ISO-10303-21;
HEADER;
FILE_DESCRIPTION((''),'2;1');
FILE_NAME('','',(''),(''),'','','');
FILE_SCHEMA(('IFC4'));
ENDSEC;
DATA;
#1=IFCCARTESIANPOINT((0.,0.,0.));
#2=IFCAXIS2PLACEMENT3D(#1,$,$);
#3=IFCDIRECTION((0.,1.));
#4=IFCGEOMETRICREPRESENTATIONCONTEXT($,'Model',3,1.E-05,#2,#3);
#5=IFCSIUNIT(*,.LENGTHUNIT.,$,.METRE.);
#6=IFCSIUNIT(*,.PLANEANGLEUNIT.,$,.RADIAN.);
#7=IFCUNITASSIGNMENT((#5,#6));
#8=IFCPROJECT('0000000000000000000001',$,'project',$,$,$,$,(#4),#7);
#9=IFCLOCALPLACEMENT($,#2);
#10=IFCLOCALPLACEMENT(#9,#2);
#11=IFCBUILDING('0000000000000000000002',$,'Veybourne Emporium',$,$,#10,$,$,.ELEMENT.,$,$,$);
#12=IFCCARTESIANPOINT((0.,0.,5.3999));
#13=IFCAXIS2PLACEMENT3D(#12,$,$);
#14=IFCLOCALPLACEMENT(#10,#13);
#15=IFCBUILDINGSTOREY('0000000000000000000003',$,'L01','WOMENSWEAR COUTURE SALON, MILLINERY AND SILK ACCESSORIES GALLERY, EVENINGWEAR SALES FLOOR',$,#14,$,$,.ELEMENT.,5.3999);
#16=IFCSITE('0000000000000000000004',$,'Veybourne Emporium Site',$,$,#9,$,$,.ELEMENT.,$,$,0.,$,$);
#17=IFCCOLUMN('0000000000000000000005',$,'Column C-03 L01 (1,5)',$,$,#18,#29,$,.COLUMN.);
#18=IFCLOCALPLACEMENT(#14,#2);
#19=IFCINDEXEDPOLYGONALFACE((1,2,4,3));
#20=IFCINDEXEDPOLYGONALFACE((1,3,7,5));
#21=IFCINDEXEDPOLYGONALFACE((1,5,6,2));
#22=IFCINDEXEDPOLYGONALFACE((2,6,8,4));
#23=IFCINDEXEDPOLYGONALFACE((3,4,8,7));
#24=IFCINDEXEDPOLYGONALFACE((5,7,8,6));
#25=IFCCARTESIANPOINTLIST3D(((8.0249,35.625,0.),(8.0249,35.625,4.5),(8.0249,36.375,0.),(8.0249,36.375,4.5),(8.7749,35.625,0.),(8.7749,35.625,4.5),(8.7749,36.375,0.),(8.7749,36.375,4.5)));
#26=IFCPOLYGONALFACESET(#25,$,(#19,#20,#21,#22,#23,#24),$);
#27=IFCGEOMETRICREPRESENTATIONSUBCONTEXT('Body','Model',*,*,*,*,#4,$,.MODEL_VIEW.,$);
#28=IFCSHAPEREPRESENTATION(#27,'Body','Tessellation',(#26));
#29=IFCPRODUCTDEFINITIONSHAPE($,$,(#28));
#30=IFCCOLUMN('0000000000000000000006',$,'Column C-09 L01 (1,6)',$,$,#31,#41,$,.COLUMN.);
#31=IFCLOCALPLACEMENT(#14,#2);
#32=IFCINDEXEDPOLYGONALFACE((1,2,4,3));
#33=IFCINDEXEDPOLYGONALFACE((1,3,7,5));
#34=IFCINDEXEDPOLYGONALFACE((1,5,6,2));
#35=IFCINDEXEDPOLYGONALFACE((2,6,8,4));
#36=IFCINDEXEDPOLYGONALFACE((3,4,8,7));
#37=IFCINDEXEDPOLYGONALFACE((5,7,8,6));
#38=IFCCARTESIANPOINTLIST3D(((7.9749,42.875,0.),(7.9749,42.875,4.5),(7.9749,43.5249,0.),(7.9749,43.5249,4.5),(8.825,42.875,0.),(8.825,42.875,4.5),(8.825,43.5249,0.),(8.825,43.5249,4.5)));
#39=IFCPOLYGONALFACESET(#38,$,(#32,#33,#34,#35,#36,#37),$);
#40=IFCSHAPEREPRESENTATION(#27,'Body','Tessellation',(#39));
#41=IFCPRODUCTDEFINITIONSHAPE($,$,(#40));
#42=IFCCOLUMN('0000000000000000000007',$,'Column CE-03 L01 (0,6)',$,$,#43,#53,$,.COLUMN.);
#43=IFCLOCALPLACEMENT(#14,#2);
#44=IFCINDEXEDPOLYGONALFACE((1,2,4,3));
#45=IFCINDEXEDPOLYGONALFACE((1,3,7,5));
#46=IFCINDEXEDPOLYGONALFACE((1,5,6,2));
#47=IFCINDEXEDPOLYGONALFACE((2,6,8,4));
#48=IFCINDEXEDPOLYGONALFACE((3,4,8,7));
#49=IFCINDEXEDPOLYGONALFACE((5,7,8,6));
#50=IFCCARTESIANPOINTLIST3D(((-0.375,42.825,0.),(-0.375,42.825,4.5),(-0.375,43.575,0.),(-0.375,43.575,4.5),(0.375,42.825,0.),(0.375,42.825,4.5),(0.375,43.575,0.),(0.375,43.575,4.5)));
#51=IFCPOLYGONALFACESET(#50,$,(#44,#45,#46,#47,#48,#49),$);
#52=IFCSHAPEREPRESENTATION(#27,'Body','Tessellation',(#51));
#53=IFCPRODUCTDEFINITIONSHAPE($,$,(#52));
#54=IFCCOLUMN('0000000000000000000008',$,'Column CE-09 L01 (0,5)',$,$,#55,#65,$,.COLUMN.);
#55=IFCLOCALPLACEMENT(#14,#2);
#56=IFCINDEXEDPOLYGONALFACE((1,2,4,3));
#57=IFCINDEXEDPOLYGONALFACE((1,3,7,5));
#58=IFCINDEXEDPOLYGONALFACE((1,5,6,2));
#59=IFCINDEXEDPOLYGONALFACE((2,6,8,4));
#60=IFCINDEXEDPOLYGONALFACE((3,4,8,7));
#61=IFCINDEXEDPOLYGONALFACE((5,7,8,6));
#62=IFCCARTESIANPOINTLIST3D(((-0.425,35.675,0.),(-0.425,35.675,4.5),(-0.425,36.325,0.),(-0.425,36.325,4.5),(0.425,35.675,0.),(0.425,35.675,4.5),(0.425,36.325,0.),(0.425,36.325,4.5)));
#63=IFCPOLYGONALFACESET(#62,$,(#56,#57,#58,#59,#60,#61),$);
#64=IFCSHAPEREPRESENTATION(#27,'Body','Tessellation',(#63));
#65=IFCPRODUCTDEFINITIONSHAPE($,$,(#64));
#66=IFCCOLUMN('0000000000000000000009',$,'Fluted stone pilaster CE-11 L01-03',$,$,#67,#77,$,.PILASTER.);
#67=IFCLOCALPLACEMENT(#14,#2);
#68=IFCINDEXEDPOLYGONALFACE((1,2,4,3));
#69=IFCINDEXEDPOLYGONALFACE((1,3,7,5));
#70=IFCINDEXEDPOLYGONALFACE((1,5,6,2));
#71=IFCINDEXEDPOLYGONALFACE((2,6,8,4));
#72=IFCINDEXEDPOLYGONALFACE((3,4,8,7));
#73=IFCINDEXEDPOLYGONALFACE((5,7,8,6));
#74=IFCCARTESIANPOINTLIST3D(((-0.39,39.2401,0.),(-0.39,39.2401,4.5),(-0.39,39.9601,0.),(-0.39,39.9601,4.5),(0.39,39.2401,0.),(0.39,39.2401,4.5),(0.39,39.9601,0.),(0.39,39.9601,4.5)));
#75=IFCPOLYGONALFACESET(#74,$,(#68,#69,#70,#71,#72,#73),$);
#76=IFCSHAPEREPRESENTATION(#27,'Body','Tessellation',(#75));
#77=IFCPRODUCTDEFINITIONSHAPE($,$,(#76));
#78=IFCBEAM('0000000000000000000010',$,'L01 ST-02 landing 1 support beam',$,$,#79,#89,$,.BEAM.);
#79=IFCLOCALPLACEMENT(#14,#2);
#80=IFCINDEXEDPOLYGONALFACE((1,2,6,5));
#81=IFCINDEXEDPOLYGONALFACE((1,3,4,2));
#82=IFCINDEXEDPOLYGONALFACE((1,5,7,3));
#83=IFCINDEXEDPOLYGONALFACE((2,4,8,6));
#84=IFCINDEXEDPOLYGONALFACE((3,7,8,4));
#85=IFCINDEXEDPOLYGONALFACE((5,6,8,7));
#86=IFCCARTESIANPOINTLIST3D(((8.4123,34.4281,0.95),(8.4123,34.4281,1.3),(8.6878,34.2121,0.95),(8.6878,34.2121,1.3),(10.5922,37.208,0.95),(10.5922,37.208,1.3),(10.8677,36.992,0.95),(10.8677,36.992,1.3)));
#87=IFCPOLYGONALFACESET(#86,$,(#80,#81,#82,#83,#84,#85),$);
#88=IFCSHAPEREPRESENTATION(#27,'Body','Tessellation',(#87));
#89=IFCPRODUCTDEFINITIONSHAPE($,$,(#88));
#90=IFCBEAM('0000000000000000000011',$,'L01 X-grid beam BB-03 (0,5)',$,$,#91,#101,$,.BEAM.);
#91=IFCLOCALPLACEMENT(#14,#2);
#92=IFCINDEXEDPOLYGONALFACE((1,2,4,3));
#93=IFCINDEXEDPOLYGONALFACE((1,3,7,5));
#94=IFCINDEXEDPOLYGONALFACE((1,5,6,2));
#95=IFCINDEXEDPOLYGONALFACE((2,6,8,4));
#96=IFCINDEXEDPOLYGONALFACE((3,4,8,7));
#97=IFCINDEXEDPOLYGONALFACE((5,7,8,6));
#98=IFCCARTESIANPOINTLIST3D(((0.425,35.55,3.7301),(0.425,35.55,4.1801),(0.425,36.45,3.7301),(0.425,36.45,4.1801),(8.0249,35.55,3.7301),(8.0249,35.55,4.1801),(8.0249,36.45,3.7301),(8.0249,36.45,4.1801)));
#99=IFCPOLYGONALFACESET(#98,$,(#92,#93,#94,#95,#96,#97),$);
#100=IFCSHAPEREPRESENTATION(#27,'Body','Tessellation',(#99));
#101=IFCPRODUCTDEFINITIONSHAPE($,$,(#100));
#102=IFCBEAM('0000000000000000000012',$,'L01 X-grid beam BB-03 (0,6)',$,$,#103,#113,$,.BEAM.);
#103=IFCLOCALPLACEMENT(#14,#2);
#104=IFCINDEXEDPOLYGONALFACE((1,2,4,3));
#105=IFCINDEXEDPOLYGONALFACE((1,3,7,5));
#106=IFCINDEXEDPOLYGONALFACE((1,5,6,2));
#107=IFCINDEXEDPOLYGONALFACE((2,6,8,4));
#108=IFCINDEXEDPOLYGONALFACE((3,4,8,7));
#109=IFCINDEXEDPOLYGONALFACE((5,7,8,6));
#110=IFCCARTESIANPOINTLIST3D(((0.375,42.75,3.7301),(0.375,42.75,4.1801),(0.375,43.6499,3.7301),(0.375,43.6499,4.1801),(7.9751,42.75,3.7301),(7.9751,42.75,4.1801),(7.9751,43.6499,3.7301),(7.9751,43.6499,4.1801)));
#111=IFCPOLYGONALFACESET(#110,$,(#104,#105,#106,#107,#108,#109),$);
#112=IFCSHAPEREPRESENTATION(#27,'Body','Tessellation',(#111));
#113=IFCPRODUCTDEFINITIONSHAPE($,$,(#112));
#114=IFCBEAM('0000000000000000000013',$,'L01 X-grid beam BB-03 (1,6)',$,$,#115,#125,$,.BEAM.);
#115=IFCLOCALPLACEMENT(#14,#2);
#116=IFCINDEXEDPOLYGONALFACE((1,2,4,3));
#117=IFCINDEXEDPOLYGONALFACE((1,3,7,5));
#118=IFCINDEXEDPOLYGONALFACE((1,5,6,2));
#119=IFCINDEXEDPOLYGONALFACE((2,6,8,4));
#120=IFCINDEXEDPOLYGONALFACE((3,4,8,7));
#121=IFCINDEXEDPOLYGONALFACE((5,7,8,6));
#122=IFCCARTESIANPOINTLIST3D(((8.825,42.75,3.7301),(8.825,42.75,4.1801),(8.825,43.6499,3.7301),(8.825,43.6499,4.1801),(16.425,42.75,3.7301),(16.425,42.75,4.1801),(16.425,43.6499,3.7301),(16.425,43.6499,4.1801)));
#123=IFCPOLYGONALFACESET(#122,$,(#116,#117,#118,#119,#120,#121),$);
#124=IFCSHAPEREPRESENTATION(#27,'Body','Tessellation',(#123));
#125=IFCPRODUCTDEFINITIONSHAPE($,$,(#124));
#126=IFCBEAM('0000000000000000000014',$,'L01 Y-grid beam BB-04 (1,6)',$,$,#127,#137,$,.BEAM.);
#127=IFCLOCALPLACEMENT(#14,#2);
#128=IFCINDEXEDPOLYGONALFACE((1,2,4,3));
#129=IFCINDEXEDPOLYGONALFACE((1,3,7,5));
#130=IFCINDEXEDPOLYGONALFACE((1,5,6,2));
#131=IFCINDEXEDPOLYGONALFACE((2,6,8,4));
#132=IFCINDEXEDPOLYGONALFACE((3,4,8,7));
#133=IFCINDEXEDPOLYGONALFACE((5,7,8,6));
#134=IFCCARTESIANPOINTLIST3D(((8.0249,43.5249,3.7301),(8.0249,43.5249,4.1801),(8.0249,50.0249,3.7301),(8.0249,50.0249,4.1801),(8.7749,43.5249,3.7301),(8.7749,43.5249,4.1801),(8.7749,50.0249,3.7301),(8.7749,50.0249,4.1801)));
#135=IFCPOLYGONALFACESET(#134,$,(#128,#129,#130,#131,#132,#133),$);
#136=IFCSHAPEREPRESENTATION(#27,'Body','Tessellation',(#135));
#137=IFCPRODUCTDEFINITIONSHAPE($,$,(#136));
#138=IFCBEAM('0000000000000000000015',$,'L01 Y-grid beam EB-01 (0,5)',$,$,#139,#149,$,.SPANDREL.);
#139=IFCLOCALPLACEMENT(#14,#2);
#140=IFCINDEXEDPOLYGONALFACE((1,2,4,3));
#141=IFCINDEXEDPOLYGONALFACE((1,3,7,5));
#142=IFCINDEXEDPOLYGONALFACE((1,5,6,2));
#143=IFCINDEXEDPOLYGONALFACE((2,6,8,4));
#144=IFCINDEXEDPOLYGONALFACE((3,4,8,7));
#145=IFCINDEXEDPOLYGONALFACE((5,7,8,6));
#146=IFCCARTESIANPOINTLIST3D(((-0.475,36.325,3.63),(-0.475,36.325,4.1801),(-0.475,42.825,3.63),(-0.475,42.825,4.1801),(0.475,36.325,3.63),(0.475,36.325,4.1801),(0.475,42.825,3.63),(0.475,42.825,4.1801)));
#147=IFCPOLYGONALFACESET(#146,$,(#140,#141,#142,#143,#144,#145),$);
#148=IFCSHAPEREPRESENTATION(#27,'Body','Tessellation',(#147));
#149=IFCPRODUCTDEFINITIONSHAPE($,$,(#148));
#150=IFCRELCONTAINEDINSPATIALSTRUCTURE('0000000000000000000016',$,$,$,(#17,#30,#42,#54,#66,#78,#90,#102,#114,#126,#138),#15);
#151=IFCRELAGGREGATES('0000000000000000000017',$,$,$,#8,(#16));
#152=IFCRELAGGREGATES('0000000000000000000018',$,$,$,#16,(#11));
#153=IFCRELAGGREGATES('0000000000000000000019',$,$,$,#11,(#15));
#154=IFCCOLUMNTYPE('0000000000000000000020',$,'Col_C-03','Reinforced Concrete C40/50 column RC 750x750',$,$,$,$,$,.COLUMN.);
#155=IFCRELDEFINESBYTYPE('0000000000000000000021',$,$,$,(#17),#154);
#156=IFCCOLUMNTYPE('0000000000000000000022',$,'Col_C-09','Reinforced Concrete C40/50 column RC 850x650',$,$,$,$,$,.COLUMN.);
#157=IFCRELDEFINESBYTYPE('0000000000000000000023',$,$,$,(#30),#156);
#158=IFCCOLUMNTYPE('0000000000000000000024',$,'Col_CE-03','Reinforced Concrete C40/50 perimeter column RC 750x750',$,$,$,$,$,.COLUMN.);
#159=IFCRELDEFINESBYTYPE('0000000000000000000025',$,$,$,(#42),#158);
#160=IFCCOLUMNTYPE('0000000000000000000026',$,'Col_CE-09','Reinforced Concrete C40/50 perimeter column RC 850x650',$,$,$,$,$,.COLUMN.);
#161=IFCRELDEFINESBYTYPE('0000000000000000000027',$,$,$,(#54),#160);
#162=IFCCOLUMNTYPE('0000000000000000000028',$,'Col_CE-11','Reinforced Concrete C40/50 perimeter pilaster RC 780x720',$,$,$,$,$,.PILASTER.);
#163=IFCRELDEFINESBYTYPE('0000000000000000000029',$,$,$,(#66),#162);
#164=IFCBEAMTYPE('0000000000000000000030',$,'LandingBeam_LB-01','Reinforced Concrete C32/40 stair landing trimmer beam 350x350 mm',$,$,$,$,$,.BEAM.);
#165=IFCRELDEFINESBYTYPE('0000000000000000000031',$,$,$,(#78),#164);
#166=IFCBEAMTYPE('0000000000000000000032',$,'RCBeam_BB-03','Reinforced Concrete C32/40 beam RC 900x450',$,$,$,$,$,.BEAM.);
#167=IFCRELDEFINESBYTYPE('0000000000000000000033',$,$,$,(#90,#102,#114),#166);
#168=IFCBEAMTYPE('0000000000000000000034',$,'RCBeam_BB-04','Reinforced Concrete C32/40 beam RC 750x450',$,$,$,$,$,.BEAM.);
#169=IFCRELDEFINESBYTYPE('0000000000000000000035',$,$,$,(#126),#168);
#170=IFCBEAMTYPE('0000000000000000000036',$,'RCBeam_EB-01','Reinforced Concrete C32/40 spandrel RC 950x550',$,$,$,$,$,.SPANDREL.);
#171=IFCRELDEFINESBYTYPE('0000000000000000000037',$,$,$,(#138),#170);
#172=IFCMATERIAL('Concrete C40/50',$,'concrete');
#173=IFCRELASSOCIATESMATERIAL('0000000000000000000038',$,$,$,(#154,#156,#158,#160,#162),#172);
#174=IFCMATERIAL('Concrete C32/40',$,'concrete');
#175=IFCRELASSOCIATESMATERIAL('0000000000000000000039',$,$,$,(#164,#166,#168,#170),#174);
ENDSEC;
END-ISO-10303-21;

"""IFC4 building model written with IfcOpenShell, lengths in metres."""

from ifc_helpers import new_model, si_unit, direction, frame, origin, origin_2d, place, context, subcontext, project, spatial, rectangle, extrude, material, material_profile, profile_set, type_object, element, save


model = new_model("IFC4")

# Units and contexts
model_context = context("Model", 3, precision=1e-05, world=origin(), true_north=direction((0.0, 1.0)))
body_context = subcontext(model_context, "Body", "Model", "MODEL_VIEW")
ifc_project = project(units=[si_unit("LENGTHUNIT", "METRE"), si_unit("PLANEANGLEUNIT", "RADIAN")], contexts=[model_context])

# Site, building, storey
site_placement = place(None, origin())
site = spatial("IfcSite", under=ifc_project, at=site_placement, Name="Veybourne Emporium Site", CompositionType="ELEMENT", RefElevation=0.0)
building_placement = place(site_placement, origin())
building = spatial("IfcBuilding", under=site, at=building_placement, Name="Veybourne Emporium", CompositionType="ELEMENT")
storey_placement = place(building_placement, frame((0.0, 0.0, 5.3999)))
storey = spatial("IfcBuildingStorey", under=building, at=storey_placement, Name="L01", Description="WOMENSWEAR COUTURE SALON, MILLINERY AND SILK ACCESSORIES GALLERY, EVENINGWEAR SALES FLOOR", CompositionType="ELEMENT", Elevation=5.3999)

# Columns
ifc_material_1 = material(Name="Concrete C40/50", Category="concrete")
ifc_material_profile_1 = material_profile(ifc_material_1, rectangle(XDim=0.75, YDim=0.75, at=origin_2d()), Name="RC 750x750")
ifc_profile_set_1 = profile_set([ifc_material_profile_1], Name="Concrete C40/50")
column_type_1 = type_object("IfcColumnType", Name="Col_C-03", Description="Reinforced Concrete C40/50 column RC 750x750", PredefinedType="COLUMN", material=ifc_profile_set_1)
column_1_placement = place(storey_placement, frame((8.3999, 36.0, 0.0), z_axis=(0.0, 0.0, 1.0), x_axis=(1.0, 0.0, 0.0)))
element("IfcColumn", 1, at=column_1_placement, inside=storey, type_object=column_type_1, Name="Column C-03 L01 (1,5)", PredefinedType="COLUMN", context=body_context, shape_type="SweptSolid", body=[
    extrude(rectangle(XDim=0.75, YDim=0.75, at=origin_2d()), origin(), (0.0, 0.0, 1.0), 4.5),
])
ifc_material_profile_2 = material_profile(ifc_material_1, rectangle(XDim=0.8501, YDim=0.6499, at=origin_2d()), Name="RC 850x650")
ifc_profile_set_2 = profile_set([ifc_material_profile_2], Name="Concrete C40/50")
column_type_2 = type_object("IfcColumnType", Name="Col_C-09", Description="Reinforced Concrete C40/50 column RC 850x650", PredefinedType="COLUMN", material=ifc_profile_set_2)
column_2_placement = place(storey_placement, frame((8.3999, 43.2, 0.0), z_axis=(0.0, 0.0, 1.0), x_axis=(1.0, 0.0, 0.0)))
element("IfcColumn", 2, at=column_2_placement, inside=storey, type_object=column_type_2, Name="Column C-09 L01 (1,6)", PredefinedType="COLUMN", context=body_context, shape_type="SweptSolid", body=[
    extrude(rectangle(XDim=0.8501, YDim=0.6499, at=origin_2d()), origin(), (0.0, 0.0, 1.0), 4.5),
])
ifc_material_profile_3 = material_profile(ifc_material_1, rectangle(XDim=0.75, YDim=0.75, at=origin_2d()), Name="RC 750x750")
ifc_profile_set_3 = profile_set([ifc_material_profile_3], Name="Concrete C40/50")
column_type_3 = type_object("IfcColumnType", Name="Col_CE-03", Description="Reinforced Concrete C40/50 perimeter column RC 750x750", PredefinedType="COLUMN", material=ifc_profile_set_3)
column_3_placement = place(storey_placement, frame((0.0, 43.2, 0.0), z_axis=(0.0, 0.0, 1.0), x_axis=(1.0, 0.0, 0.0)))
element("IfcColumn", 3, at=column_3_placement, inside=storey, type_object=column_type_3, Name="Column CE-03 L01 (0,6)", PredefinedType="COLUMN", context=body_context, shape_type="SweptSolid", body=[
    extrude(rectangle(XDim=0.75, YDim=0.75, at=origin_2d()), origin(), (0.0, 0.0, 1.0), 4.5),
])
ifc_material_profile_4 = material_profile(ifc_material_1, rectangle(XDim=0.8501, YDim=0.6499, at=origin_2d()), Name="RC 850x650")
ifc_profile_set_4 = profile_set([ifc_material_profile_4], Name="Concrete C40/50")
column_type_4 = type_object("IfcColumnType", Name="Col_CE-09", Description="Reinforced Concrete C40/50 perimeter column RC 850x650", PredefinedType="COLUMN", material=ifc_profile_set_4)
column_4_placement = place(storey_placement, frame((0.0, 36.0, 0.0), z_axis=(0.0, 0.0, 1.0), x_axis=(1.0, 0.0, 0.0)))
element("IfcColumn", 4, at=column_4_placement, inside=storey, type_object=column_type_4, Name="Column CE-09 L01 (0,5)", PredefinedType="COLUMN", context=body_context, shape_type="SweptSolid", body=[
    extrude(rectangle(XDim=0.8501, YDim=0.6499, at=origin_2d()), origin(), (0.0, 0.0, 1.0), 4.5),
])
ifc_material_profile_5 = material_profile(ifc_material_1, rectangle(XDim=0.78, YDim=0.72, at=origin_2d()), Name="RC 780x720")
ifc_profile_set_5 = profile_set([ifc_material_profile_5], Name="Concrete C40/50")
column_type_5 = type_object("IfcColumnType", Name="Col_CE-11", Description="Reinforced Concrete C40/50 perimeter pilaster RC 780x720", PredefinedType="PILASTER", material=ifc_profile_set_5)
column_5_placement = place(storey_placement, frame((0.0, 39.6001, 0.0), z_axis=(0.0, 0.0, 1.0), x_axis=(1.0, 0.0, 0.0)))
element("IfcColumn", 5, at=column_5_placement, inside=storey, type_object=column_type_5, Name="Fluted stone pilaster CE-11 L01-03", PredefinedType="PILASTER", context=body_context, shape_type="SweptSolid", body=[
    extrude(rectangle(XDim=0.78, YDim=0.72, at=origin_2d()), origin(), (0.0, 0.0, 1.0), 4.5),
])

# Beams
ifc_material_2 = material(Name="Concrete C32/40", Category="concrete")
ifc_material_profile_6 = material_profile(ifc_material_2, rectangle(XDim=0.3501, YDim=0.3501, at=origin_2d()), Name="RC 350x350")
ifc_profile_set_6 = profile_set([ifc_material_profile_6], Name="Concrete C32/40")
beam_type_1 = type_object("IfcBeamType", Name="LandingBeam_LB-01", Description="Reinforced Concrete C32/40 stair landing trimmer beam 350x350 mm", PredefinedType="BEAM", material=ifc_profile_set_6)
beam_1_placement = place(storey_placement, frame((8.55, 34.3201, 1.125), z_axis=(0.617055, 0.78692, 0.0), x_axis=(-0.78692, 0.617055, 0.0)))
element("IfcBeam", 6, at=beam_1_placement, inside=storey, type_object=beam_type_1, Name="L01 ST-02 landing 1 support beam", PredefinedType="BEAM", context=body_context, shape_type="SweptSolid", body=[
    extrude(rectangle(XDim=0.3501, YDim=0.3501, at=origin_2d()), origin(), (0.0, 0.0, 1.0), 3.5327),
])
ifc_material_profile_7 = material_profile(ifc_material_2, rectangle(XDim=0.8999, YDim=0.45, at=origin_2d()), Name="RC 900x450")
ifc_profile_set_7 = profile_set([ifc_material_profile_7], Name="Concrete C32/40")
beam_type_2 = type_object("IfcBeamType", Name="RCBeam_BB-03", Description="Reinforced Concrete C32/40 beam RC 900x450", PredefinedType="BEAM", material=ifc_profile_set_7)
beam_2_placement = place(storey_placement, frame((0.425, 36.0, 3.9551), z_axis=(1.0, 0.0, 0.0), x_axis=(0.0, 1.0, 0.0)))
element("IfcBeam", 7, at=beam_2_placement, inside=storey, type_object=beam_type_2, Name="L01 X-grid beam BB-03 (0,5)", PredefinedType="BEAM", context=body_context, shape_type="SweptSolid", body=[
    extrude(rectangle(XDim=0.8999, YDim=0.45, at=origin_2d()), origin(), (0.0, 0.0, 1.0), 7.5999),
])
for number, where, z_axis, x_axis, name in (
    (8, (0.375, 43.2, 3.9551), (1.0, 0.0, 0.0), (0.0, 1.0, 0.0), "L01 X-grid beam BB-03 (0,6)"),
    (9, (8.825, 43.2, 3.9551), (1.0, 0.0, 0.0), (0.0, 1.0, 0.0), "L01 X-grid beam BB-03 (1,6)"),
):
    element("IfcBeam", number, at=place(storey_placement, frame(where, z_axis=z_axis, x_axis=x_axis)), inside=storey, type_object=beam_type_2, Name=name, PredefinedType="BEAM", context=body_context, shape_type="SweptSolid", body=[
        extrude(rectangle(XDim=0.8999, YDim=0.45, at=origin_2d()), origin(), (0.0, 0.0, 1.0), 7.6001),
    ])
ifc_material_profile_8 = material_profile(ifc_material_2, rectangle(XDim=0.75, YDim=0.45, at=origin_2d()), Name="RC 750x450")
ifc_profile_set_8 = profile_set([ifc_material_profile_8], Name="Concrete C32/40")
beam_type_3 = type_object("IfcBeamType", Name="RCBeam_BB-04", Description="Reinforced Concrete C32/40 beam RC 750x450", PredefinedType="BEAM", material=ifc_profile_set_8)
beam_3_placement = place(storey_placement, frame((8.3999, 43.5249, 3.9551), z_axis=(0.0, 1.0, 0.0), x_axis=(-1.0, 0.0, 0.0)))
element("IfcBeam", 10, at=beam_3_placement, inside=storey, type_object=beam_type_3, Name="L01 Y-grid beam BB-04 (1,6)", PredefinedType="BEAM", context=body_context, shape_type="SweptSolid", body=[
    extrude(rectangle(XDim=0.75, YDim=0.45, at=origin_2d()), origin(), (0.0, 0.0, 1.0), 6.5),
])
ifc_material_profile_9 = material_profile(ifc_material_2, rectangle(XDim=0.95, YDim=0.55, at=origin_2d()), Name="RC 950x550")
ifc_profile_set_9 = profile_set([ifc_material_profile_9], Name="Concrete C32/40")
beam_type_4 = type_object("IfcBeamType", Name="RCBeam_EB-01", Description="Reinforced Concrete C32/40 spandrel RC 950x550", PredefinedType="SPANDREL", material=ifc_profile_set_9)
beam_4_placement = place(storey_placement, frame((0.0, 36.325, 3.905), z_axis=(0.0, 1.0, 0.0), x_axis=(-1.0, 0.0, 0.0)))
element("IfcBeam", 11, at=beam_4_placement, inside=storey, type_object=beam_type_4, Name="L01 Y-grid beam EB-01 (0,5)", PredefinedType="SPANDREL", context=body_context, shape_type="SweptSolid", body=[
    extrude(rectangle(XDim=0.95, YDim=0.55, at=origin_2d()), origin(), (0.0, 0.0, 1.0), 6.5),
])

save(model, "model.ifc")
